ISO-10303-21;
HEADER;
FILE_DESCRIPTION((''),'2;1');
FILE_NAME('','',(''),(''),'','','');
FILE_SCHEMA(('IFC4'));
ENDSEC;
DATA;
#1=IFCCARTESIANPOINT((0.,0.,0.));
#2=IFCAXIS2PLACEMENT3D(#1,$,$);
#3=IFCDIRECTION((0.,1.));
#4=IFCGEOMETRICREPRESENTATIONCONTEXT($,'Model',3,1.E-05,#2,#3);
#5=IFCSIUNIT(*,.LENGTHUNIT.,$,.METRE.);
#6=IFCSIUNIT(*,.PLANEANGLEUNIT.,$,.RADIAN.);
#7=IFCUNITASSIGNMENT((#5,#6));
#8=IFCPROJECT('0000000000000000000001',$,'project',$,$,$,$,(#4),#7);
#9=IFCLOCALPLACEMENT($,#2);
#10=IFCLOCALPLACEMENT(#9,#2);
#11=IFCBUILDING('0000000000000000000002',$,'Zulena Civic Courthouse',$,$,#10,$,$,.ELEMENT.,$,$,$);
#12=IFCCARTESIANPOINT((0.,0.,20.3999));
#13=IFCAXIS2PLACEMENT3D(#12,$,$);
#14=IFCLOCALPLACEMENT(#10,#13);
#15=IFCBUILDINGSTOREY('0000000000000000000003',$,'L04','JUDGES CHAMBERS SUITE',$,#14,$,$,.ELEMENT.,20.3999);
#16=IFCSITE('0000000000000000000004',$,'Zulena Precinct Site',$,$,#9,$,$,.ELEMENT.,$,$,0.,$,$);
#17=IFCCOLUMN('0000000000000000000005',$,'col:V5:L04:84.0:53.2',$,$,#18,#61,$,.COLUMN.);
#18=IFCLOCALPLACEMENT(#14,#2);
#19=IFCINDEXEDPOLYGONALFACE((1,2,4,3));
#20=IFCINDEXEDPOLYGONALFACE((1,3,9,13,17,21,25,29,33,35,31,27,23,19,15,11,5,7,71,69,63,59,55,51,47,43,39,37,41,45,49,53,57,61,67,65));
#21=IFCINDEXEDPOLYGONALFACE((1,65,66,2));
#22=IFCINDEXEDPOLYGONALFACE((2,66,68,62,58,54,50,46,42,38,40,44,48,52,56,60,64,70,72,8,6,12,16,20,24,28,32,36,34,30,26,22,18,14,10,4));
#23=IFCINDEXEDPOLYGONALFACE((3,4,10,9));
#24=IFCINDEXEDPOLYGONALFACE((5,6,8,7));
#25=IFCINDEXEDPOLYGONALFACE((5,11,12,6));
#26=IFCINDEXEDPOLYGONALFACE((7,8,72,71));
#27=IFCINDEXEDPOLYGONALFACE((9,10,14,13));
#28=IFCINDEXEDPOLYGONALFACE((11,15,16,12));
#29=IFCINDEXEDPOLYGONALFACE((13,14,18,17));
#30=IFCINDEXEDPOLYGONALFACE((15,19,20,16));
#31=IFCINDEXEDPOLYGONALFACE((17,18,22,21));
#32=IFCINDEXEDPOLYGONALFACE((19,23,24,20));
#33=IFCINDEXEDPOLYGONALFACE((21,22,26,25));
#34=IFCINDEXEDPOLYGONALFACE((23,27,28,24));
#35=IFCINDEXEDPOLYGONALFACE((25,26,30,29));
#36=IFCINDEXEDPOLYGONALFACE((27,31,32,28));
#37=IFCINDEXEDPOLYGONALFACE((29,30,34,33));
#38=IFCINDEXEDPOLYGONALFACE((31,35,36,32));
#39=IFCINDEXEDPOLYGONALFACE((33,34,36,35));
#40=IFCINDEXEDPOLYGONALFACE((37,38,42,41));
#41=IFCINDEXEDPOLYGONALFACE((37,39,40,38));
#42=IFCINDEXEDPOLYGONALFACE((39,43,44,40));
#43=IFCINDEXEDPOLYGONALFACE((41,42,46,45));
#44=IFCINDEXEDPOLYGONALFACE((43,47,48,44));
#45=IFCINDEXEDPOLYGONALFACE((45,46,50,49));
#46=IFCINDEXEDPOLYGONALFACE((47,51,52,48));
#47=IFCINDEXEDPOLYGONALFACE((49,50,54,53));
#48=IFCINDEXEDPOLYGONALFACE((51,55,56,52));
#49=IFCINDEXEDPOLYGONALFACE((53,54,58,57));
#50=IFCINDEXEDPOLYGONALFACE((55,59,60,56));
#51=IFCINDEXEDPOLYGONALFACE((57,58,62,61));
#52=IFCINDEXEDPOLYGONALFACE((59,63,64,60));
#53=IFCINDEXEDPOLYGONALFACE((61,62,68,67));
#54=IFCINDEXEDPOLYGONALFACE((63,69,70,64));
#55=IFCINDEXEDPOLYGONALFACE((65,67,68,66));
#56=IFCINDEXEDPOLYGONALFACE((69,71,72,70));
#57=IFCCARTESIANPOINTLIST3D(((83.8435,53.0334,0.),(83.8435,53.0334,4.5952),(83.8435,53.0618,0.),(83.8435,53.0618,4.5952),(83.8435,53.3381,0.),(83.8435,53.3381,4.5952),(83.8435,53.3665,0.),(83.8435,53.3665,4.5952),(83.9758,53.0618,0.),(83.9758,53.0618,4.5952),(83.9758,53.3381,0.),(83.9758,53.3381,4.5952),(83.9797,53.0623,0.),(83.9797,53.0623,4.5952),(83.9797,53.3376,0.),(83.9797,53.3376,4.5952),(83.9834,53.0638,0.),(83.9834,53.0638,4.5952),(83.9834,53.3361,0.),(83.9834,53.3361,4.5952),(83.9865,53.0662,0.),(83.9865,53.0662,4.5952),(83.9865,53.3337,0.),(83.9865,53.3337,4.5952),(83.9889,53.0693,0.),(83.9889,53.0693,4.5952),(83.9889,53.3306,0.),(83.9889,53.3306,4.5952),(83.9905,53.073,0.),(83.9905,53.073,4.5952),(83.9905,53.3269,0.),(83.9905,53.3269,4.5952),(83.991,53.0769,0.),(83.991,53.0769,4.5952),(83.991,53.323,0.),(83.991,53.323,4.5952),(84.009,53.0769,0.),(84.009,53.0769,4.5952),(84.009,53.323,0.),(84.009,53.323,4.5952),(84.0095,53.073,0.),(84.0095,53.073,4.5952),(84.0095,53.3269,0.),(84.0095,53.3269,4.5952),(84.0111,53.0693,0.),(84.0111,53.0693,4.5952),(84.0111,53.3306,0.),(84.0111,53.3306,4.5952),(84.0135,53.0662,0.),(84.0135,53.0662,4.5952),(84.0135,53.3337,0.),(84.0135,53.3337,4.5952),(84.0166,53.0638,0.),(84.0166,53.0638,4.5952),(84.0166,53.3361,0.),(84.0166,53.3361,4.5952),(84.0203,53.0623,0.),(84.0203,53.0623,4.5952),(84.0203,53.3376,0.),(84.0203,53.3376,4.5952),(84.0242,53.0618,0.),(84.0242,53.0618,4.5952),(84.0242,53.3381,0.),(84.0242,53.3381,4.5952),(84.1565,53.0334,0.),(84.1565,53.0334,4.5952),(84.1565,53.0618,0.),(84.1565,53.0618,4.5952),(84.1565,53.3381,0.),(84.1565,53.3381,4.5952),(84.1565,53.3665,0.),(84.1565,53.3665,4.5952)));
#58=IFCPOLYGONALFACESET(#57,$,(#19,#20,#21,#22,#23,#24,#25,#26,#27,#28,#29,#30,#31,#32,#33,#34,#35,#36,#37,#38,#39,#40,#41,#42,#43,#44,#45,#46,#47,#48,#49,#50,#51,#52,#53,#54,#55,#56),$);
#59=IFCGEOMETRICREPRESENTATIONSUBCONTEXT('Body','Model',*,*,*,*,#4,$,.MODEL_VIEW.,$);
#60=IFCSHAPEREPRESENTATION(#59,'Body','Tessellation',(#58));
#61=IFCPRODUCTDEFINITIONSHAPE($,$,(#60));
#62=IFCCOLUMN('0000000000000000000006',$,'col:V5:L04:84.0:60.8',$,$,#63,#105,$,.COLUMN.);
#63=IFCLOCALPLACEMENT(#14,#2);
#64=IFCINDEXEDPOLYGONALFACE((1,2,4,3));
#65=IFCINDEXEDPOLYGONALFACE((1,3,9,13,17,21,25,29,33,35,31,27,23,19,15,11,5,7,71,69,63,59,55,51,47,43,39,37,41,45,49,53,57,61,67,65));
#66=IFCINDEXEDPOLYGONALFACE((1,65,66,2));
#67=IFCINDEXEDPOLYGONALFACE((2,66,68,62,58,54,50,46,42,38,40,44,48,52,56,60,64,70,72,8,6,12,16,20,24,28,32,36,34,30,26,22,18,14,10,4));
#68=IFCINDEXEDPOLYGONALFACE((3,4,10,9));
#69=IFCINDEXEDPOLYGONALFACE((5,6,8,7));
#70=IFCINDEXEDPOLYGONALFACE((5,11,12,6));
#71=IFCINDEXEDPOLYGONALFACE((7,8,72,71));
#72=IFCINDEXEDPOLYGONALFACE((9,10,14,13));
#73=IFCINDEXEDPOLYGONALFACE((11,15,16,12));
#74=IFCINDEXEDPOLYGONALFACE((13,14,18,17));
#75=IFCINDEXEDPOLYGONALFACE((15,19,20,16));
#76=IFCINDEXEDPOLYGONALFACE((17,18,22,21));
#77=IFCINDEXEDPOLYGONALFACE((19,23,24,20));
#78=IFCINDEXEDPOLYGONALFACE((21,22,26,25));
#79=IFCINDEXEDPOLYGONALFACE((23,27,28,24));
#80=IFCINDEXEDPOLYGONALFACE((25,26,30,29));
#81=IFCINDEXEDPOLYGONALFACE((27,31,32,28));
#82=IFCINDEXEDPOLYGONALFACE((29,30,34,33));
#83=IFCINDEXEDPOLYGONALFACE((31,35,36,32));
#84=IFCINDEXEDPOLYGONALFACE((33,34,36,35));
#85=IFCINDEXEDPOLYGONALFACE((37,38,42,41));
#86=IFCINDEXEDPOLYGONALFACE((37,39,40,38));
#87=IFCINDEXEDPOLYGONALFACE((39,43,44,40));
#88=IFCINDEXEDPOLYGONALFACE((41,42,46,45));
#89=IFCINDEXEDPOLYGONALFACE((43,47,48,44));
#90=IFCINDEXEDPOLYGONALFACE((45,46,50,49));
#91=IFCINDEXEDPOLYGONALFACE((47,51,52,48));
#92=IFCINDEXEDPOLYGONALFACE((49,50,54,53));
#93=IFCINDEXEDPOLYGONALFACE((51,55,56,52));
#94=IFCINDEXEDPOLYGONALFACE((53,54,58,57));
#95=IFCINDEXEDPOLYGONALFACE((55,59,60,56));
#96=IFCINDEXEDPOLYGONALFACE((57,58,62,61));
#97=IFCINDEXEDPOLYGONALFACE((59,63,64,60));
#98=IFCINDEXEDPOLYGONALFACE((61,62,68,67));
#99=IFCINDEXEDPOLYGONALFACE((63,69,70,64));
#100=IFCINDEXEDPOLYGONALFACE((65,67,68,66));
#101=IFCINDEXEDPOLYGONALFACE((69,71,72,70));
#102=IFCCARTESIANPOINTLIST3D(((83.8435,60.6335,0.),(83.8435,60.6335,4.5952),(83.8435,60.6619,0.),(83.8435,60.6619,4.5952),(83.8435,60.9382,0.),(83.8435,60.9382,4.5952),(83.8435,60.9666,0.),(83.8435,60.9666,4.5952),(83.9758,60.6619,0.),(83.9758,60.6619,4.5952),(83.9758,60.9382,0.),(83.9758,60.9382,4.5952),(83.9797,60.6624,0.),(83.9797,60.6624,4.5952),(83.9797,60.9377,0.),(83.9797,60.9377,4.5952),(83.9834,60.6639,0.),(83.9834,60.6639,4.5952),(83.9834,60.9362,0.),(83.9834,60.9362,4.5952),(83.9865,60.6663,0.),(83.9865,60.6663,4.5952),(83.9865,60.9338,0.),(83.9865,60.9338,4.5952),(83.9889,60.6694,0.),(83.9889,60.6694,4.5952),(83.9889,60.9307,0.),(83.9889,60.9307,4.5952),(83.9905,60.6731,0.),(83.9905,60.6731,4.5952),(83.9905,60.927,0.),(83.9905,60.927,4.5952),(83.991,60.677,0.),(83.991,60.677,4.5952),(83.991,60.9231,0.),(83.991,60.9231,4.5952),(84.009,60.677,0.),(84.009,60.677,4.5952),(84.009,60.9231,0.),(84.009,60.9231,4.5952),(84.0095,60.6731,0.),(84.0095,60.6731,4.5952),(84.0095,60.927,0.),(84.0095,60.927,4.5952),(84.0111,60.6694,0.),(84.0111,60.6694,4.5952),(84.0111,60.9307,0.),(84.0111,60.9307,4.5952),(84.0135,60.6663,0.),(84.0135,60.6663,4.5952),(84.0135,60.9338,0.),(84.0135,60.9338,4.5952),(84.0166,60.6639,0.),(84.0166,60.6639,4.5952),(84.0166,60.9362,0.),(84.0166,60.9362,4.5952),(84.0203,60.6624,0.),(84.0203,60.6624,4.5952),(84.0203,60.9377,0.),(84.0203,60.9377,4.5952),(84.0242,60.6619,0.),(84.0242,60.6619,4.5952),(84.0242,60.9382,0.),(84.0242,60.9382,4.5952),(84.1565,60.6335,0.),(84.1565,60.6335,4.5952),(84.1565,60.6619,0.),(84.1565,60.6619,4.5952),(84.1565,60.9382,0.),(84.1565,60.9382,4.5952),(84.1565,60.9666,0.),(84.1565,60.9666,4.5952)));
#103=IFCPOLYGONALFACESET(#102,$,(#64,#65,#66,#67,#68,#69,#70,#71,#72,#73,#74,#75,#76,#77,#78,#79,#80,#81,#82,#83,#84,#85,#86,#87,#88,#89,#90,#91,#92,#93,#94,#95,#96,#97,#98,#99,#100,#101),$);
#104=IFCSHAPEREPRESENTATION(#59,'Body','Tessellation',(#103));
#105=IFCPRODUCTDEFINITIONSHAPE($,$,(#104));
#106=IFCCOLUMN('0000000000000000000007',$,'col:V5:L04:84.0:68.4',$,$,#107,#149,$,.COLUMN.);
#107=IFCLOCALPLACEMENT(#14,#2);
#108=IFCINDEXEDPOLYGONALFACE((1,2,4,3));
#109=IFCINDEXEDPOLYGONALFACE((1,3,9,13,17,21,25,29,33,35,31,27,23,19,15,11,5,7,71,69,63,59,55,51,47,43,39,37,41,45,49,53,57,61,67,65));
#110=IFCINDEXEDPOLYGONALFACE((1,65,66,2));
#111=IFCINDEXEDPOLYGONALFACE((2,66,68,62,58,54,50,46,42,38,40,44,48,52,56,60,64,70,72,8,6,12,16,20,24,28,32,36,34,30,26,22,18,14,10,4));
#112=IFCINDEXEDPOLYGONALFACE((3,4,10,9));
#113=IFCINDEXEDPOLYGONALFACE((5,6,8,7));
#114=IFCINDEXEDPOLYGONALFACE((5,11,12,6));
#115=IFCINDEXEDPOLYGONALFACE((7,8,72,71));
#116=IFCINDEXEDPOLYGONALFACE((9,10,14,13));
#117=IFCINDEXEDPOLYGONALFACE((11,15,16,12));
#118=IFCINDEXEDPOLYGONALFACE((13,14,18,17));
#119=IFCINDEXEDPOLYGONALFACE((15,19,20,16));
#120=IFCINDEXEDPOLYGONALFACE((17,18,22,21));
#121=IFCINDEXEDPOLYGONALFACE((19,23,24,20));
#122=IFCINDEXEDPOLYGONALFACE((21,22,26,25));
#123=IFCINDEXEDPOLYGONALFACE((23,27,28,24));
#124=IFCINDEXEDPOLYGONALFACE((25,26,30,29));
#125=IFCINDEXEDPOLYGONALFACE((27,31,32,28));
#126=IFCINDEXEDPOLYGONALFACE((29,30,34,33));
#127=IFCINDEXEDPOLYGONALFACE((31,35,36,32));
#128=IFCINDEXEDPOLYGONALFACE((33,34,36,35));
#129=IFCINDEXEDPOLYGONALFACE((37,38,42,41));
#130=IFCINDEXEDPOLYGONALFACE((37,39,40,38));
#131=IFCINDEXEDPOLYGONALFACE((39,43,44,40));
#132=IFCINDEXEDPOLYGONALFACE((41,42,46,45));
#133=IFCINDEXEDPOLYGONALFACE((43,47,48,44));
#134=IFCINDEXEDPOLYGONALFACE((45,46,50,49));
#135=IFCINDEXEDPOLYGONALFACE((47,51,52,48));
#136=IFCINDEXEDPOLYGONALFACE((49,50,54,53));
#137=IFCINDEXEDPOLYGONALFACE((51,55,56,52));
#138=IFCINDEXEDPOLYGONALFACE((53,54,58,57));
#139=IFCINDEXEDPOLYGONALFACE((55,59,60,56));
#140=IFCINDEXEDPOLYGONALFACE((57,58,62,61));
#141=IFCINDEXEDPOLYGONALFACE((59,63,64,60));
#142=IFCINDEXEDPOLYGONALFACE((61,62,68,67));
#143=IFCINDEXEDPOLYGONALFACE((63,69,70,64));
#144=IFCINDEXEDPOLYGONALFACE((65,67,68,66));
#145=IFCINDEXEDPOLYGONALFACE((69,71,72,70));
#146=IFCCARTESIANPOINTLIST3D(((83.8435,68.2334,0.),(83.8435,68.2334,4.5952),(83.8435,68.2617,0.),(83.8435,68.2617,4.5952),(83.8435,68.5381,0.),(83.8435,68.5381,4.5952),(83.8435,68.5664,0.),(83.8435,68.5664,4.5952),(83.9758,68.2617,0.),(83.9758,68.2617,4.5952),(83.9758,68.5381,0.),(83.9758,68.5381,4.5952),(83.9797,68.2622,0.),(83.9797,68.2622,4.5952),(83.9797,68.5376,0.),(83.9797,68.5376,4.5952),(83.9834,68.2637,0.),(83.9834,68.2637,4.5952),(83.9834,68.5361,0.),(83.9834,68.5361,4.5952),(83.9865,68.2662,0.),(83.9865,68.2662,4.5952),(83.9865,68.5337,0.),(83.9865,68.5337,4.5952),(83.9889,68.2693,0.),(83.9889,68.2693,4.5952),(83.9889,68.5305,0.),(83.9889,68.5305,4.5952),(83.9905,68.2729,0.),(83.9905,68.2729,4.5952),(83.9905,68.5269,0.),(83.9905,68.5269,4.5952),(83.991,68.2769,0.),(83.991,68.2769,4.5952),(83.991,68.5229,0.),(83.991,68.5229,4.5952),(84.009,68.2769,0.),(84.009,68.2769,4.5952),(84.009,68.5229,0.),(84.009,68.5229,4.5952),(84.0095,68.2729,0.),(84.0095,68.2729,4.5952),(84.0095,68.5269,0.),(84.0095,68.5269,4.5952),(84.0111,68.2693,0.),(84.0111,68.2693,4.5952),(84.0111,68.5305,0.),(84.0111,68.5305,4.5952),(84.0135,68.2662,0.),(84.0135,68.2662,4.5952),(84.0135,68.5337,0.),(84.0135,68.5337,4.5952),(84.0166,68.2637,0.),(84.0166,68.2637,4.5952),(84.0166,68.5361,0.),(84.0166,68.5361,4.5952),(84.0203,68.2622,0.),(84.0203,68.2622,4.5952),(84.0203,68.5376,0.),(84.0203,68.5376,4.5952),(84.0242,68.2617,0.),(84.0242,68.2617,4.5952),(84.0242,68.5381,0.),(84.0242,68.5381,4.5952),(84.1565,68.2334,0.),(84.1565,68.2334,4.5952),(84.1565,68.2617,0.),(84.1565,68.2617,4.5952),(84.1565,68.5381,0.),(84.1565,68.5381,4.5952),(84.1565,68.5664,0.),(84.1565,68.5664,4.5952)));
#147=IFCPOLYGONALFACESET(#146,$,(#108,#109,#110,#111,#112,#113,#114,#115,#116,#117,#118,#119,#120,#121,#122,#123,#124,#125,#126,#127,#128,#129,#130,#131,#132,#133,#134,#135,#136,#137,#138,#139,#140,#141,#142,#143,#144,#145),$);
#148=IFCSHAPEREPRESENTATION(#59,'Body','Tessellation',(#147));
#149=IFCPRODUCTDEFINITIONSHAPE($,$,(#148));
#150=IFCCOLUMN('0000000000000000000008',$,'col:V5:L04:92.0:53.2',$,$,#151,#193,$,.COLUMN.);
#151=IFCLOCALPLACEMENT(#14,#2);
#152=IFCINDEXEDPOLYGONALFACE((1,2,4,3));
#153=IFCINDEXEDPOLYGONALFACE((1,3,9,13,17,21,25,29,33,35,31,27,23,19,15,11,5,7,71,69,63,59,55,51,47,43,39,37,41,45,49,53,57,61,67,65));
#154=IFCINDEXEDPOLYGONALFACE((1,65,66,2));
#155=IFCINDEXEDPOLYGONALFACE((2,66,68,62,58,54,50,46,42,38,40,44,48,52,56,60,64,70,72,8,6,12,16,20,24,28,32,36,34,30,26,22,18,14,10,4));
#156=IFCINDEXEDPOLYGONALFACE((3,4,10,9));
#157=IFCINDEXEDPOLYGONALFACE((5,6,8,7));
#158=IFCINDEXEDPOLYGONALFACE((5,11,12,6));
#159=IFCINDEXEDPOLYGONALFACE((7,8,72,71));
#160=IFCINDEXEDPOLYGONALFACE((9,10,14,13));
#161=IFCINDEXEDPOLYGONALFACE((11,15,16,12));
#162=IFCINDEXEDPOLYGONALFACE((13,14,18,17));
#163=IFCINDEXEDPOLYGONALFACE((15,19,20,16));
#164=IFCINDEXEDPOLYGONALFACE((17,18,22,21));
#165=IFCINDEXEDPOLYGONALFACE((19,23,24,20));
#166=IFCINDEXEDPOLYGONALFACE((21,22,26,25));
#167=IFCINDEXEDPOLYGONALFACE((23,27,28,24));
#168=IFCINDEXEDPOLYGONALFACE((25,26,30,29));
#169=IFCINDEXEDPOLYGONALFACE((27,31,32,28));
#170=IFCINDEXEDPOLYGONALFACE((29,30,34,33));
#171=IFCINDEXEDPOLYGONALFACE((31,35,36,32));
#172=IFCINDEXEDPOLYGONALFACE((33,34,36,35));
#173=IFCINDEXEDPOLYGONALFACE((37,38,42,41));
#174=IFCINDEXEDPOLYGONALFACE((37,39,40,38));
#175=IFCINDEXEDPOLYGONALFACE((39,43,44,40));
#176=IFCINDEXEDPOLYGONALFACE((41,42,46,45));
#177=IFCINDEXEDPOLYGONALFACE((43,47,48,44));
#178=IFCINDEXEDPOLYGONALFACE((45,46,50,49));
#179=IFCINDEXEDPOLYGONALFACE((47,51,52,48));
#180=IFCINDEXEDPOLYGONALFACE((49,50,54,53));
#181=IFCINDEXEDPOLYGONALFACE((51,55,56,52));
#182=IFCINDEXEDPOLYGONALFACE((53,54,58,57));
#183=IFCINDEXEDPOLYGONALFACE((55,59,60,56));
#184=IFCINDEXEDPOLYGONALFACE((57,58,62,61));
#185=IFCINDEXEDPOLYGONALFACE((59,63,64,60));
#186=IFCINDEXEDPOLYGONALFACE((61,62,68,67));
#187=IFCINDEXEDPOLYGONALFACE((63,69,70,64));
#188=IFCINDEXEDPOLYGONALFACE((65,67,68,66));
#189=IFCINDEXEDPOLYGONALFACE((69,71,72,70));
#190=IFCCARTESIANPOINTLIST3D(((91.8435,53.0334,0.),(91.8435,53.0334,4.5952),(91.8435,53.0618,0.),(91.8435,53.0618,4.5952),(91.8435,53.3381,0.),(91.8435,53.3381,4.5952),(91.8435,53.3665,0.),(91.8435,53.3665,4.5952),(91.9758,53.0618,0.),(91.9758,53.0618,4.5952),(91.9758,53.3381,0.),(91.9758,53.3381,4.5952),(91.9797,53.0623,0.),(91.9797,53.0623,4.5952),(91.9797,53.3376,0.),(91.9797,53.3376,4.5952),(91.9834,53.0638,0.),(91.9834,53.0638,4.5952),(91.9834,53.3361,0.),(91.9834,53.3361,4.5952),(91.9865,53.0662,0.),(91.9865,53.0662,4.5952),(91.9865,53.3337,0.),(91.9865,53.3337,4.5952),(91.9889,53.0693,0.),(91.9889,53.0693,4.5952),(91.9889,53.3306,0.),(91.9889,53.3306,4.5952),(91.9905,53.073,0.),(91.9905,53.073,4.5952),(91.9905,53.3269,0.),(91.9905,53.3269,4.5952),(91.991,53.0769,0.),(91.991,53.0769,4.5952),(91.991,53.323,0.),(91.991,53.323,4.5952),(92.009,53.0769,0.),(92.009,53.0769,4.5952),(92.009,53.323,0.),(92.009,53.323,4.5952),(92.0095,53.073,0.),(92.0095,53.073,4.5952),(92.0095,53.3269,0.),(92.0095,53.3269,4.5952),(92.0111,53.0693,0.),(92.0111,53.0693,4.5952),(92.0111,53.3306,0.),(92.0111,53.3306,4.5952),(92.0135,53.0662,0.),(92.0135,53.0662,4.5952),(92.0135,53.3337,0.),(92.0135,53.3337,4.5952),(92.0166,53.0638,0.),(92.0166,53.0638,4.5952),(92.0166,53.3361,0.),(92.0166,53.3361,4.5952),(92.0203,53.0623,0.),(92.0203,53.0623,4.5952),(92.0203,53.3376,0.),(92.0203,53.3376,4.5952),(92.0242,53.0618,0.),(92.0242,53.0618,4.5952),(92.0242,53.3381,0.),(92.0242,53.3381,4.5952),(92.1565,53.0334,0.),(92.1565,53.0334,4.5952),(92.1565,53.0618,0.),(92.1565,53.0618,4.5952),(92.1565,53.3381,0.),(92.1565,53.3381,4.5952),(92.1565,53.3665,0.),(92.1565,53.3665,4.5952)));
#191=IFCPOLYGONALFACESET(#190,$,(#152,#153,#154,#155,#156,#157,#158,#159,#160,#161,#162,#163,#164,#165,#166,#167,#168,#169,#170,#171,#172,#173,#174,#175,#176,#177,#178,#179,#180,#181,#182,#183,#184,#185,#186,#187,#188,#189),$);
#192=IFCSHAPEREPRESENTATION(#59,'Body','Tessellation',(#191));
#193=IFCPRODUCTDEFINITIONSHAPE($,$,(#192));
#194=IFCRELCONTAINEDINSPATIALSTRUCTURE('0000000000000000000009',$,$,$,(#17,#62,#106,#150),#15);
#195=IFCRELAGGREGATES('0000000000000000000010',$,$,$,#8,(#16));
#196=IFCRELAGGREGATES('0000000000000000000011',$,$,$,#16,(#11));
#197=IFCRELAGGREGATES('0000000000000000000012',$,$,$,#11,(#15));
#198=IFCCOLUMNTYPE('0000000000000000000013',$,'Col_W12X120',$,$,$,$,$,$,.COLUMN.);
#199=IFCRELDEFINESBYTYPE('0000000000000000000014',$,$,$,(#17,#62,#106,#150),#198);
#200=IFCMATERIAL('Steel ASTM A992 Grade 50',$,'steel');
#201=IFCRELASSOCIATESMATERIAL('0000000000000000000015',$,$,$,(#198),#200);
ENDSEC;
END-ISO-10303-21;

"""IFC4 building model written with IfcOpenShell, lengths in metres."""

from ifc_helpers import new_model, si_unit, direction, frame, origin, origin_2d, place, context, subcontext, project, spatial, i_section, extrude, material, material_profile, profile_set, type_object, element, save


model = new_model("IFC4")

# Units and contexts
model_context = context("Model", 3, precision=1e-05, world=origin(), true_north=direction((0.0, 1.0)))
body_context = subcontext(model_context, "Body", "Model", "MODEL_VIEW")
ifc_project = project(units=[si_unit("LENGTHUNIT", "METRE"), si_unit("PLANEANGLEUNIT", "RADIAN")], contexts=[model_context])

# Site, building, storey
site_placement = place(None, origin())
site = spatial("IfcSite", under=ifc_project, at=site_placement, Name="Zulena Precinct Site", CompositionType="ELEMENT", RefElevation=0.0)
building_placement = place(site_placement, origin())
building = spatial("IfcBuilding", under=site, at=building_placement, Name="Zulena Civic Courthouse", CompositionType="ELEMENT")
storey_placement = place(building_placement, frame((0.0, 0.0, 20.3999)))
storey = spatial("IfcBuildingStorey", under=building, at=storey_placement, Name="L04", Description="JUDGES CHAMBERS SUITE", CompositionType="ELEMENT", Elevation=20.3999)

# Columns
ifc_material_1 = material(Name="Steel ASTM A992 Grade 50", Category="steel")
ifc_material_profile_1 = material_profile(ifc_material_1, i_section(OverallWidth=0.313, OverallDepth=0.333, WebThickness=0.0181, FlangeThickness=0.0283, FilletRadius=0.0151, at=origin_2d()), Name="W12X120")
ifc_profile_set_1 = profile_set([ifc_material_profile_1], Name="Steel ASTM A992 Grade 50")
column_type = type_object("IfcColumnType", Name="Col_W12X120", PredefinedType="COLUMN", material=ifc_profile_set_1)
for number, where, z_axis, x_axis, name in (
    (1, (84.0, 53.2, 0.0), (0.0, 0.0, 1.0), (1.0, 0.0, 0.0), "col:V5:L04:84.0:53.2"),
    (2, (84.0, 60.8, 0.0), (0.0, 0.0, 1.0), (1.0, 0.0, 0.0), "col:V5:L04:84.0:60.8"),
    (3, (84.0, 68.3999, 0.0), (0.0, 0.0, 1.0), (1.0, 0.0, 0.0), "col:V5:L04:84.0:68.4"),
    (4, (92.0, 53.2, 0.0), (0.0, 0.0, 1.0), (1.0, 0.0, 0.0), "col:V5:L04:92.0:53.2"),
):
    element("IfcColumn", number, at=place(storey_placement, frame(where, z_axis=z_axis, x_axis=x_axis)), inside=storey, type_object=column_type, Name=name, PredefinedType="COLUMN", context=body_context, shape_type="SweptSolid", body=[
        extrude(i_section(OverallWidth=0.313, OverallDepth=0.333, WebThickness=0.0181, FlangeThickness=0.0283, FilletRadius=0.0151, at=origin_2d()), origin(), (0.0, 0.0, 1.0), 4.5952),
    ])

save(model, "model.ifc")
